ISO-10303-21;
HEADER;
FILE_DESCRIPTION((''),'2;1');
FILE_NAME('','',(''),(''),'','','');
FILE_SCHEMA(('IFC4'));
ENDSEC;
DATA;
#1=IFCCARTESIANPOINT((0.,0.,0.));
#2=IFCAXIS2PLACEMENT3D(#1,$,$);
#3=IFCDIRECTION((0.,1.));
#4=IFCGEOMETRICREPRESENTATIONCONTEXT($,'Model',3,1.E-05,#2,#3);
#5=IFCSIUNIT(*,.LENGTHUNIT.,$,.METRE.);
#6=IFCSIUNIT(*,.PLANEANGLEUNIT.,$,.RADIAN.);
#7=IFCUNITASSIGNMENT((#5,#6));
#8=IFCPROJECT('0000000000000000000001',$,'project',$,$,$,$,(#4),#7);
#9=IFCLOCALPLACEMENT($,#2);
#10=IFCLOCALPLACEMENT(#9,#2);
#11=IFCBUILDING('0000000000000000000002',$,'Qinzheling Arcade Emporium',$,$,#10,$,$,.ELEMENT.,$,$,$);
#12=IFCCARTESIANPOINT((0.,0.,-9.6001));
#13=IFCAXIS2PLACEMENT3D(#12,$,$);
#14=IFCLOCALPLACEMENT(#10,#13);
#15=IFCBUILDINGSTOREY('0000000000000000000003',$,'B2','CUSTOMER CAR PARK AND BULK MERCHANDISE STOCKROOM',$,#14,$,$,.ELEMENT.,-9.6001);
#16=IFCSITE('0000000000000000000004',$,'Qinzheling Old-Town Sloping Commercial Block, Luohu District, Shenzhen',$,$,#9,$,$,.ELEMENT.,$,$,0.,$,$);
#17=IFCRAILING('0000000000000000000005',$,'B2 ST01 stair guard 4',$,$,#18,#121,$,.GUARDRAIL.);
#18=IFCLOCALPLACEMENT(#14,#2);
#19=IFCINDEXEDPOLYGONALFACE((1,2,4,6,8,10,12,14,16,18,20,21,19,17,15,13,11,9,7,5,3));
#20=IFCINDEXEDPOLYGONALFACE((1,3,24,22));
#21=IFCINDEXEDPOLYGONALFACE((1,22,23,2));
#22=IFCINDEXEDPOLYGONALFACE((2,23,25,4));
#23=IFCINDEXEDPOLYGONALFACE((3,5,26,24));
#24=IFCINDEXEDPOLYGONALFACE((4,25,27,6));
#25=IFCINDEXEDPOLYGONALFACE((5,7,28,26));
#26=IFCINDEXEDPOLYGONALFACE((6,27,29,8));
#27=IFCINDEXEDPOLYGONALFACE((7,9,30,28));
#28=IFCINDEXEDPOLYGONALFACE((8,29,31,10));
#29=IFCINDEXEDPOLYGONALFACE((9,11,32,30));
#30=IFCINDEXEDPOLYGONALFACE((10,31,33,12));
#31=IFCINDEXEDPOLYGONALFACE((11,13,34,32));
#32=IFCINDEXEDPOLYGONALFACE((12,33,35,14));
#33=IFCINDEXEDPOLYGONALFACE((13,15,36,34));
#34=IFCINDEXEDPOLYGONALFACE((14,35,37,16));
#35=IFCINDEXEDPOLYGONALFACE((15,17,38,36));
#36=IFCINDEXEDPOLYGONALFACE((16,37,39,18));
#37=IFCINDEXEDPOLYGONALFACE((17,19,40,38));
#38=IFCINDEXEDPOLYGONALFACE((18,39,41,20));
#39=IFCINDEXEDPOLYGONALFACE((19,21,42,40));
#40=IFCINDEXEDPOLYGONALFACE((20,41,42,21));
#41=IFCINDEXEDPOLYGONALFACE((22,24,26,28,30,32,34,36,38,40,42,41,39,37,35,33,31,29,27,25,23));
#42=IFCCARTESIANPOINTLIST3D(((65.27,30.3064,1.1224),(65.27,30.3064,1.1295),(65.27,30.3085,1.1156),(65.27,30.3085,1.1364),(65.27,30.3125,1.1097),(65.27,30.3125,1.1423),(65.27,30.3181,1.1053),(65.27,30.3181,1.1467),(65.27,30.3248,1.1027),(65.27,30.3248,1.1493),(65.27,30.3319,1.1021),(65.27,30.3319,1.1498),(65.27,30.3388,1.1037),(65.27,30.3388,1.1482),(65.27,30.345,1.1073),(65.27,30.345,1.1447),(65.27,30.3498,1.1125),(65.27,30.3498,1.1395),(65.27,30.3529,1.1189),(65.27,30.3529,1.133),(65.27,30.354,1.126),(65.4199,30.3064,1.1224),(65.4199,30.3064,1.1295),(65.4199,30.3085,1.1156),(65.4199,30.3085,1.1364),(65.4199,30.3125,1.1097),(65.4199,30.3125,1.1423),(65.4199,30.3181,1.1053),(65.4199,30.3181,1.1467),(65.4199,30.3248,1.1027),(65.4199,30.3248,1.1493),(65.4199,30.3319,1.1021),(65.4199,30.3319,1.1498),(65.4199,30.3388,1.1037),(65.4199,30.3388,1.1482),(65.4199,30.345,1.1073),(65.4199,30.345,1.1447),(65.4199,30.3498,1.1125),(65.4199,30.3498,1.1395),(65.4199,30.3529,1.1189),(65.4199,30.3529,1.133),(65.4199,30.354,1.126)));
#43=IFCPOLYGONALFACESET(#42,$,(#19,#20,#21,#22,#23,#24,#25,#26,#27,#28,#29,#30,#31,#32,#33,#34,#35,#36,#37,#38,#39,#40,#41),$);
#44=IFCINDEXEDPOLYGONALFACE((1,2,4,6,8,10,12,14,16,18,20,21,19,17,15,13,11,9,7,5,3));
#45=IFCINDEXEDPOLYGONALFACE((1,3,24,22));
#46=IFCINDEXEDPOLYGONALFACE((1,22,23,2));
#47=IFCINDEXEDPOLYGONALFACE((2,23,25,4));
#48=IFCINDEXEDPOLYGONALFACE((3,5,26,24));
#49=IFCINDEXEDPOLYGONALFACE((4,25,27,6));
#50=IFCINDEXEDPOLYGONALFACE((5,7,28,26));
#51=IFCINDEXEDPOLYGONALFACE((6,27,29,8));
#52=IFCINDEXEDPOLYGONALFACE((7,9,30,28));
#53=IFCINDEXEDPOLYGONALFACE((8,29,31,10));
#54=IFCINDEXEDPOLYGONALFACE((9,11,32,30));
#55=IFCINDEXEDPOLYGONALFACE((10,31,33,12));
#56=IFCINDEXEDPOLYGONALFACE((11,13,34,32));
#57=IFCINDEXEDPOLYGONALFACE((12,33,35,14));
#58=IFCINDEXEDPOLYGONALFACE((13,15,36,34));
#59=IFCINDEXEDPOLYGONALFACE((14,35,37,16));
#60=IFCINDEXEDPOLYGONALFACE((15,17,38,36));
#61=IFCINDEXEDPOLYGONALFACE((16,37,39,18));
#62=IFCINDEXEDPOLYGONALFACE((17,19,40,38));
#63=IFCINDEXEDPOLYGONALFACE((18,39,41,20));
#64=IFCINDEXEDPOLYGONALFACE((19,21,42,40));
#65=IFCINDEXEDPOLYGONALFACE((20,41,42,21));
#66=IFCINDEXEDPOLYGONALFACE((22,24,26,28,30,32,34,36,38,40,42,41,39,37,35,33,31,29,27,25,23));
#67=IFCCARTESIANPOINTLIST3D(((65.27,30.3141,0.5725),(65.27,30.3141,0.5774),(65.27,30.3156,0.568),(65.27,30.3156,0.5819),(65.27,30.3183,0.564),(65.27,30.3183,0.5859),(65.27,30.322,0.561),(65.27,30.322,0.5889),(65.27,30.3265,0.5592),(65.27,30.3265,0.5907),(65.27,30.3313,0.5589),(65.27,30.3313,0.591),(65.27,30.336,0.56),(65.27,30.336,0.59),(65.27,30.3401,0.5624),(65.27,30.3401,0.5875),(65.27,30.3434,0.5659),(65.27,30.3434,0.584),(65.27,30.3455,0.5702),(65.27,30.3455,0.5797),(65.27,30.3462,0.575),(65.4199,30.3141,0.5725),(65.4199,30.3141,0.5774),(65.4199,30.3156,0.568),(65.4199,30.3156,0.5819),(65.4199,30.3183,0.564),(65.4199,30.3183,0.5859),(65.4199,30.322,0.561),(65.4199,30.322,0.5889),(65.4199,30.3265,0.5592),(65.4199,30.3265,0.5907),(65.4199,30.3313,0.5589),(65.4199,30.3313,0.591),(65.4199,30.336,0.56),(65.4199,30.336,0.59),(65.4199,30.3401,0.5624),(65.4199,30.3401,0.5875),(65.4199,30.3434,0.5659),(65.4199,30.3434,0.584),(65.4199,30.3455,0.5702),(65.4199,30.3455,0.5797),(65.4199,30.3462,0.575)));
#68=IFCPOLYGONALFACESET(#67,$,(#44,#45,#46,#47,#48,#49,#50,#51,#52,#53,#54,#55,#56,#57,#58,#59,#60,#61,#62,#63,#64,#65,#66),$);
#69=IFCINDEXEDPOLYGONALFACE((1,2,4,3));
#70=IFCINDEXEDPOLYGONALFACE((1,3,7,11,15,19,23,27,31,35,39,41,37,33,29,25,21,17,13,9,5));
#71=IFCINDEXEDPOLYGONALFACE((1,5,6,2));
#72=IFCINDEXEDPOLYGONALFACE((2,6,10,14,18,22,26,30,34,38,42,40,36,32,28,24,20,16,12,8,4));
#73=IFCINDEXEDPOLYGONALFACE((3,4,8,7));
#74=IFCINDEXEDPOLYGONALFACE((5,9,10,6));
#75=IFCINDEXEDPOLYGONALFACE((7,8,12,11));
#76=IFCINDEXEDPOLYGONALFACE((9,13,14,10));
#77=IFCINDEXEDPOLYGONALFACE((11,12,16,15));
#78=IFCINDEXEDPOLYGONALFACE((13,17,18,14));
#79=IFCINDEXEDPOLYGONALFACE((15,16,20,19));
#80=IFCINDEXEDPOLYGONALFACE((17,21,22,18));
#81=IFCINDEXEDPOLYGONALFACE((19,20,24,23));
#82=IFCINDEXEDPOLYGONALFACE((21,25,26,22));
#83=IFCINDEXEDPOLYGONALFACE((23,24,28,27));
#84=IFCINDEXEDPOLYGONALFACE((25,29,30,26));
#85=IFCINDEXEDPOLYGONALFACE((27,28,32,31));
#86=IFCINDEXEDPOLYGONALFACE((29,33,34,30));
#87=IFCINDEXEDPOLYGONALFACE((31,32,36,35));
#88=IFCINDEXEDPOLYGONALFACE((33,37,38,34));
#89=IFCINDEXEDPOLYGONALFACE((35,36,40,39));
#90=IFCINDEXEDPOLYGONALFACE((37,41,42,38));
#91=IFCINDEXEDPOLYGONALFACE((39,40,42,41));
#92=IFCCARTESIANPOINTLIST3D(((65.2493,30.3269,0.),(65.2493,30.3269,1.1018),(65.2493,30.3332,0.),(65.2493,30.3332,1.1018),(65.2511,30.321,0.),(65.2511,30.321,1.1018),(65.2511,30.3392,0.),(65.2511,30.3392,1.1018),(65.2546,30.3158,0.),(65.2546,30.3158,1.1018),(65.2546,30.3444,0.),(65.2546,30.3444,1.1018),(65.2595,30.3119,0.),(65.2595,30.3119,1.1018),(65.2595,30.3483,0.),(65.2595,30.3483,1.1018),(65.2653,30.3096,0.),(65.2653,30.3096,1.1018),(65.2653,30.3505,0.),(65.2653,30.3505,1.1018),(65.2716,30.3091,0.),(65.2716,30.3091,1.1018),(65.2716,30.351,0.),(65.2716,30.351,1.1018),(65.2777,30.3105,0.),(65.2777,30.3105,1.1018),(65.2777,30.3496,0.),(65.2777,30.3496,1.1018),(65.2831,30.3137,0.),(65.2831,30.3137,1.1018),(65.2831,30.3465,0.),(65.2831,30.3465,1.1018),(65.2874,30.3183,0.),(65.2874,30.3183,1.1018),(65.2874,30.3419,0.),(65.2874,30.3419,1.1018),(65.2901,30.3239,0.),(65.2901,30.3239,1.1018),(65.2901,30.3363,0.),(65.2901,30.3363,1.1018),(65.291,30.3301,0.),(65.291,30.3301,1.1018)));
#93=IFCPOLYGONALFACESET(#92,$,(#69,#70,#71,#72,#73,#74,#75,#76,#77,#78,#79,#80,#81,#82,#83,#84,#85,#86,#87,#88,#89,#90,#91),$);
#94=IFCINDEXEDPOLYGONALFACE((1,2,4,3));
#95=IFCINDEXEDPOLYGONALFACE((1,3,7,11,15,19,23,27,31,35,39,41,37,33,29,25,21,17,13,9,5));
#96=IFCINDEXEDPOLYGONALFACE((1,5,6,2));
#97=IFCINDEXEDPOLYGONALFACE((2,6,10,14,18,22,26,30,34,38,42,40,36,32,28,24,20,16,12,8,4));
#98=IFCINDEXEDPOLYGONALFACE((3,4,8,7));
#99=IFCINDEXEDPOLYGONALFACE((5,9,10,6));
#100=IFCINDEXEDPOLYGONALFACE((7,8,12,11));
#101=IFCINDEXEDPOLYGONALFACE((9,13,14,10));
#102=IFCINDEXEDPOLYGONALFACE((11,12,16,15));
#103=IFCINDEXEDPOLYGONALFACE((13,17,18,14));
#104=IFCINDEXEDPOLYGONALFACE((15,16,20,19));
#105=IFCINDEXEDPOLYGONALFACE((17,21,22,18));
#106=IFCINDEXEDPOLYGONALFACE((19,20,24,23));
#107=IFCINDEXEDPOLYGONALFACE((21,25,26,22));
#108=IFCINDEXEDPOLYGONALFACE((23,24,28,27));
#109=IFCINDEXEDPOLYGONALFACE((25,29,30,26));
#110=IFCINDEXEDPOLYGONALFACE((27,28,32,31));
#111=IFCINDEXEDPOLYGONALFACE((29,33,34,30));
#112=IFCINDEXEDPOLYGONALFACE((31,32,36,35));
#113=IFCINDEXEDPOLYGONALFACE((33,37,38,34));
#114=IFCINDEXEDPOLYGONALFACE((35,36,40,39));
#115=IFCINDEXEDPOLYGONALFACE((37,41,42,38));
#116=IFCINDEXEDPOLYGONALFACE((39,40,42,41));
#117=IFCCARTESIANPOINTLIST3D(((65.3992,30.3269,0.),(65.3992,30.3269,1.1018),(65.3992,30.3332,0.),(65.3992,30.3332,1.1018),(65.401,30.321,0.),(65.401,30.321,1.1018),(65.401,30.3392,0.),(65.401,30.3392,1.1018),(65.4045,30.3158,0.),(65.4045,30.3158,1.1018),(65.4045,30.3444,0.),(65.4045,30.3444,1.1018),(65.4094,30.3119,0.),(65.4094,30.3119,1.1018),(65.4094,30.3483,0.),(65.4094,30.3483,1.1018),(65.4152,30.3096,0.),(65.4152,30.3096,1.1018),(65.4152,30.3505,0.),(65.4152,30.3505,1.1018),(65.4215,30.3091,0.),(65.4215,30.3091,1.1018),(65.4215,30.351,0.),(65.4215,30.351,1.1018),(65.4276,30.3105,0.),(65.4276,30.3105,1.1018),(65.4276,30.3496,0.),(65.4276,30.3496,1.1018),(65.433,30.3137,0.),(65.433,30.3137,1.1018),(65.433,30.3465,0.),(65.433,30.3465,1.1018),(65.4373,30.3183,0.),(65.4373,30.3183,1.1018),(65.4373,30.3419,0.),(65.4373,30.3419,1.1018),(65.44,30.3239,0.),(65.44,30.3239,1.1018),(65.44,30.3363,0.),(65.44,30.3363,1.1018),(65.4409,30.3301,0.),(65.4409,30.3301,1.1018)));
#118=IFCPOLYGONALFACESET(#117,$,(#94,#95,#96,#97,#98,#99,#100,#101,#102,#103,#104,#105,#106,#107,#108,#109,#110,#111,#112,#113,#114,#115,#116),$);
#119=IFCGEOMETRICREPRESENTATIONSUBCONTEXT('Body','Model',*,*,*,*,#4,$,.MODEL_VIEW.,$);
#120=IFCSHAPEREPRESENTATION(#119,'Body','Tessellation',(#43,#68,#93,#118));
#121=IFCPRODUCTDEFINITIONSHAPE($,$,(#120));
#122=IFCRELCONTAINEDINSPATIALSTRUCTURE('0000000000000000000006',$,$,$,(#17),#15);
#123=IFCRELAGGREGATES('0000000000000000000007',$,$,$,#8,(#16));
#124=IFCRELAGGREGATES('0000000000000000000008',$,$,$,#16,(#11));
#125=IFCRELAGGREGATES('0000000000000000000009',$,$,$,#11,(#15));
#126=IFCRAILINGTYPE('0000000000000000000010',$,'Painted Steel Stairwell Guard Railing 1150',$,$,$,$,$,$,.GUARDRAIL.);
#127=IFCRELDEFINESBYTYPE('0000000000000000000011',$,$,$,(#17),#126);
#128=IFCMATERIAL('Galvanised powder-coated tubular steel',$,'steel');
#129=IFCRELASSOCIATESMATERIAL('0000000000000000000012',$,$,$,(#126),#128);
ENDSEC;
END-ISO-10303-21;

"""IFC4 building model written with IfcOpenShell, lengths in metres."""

from ifc_helpers import new_model, si_unit, direction, frame, origin, origin_2d, place, context, subcontext, project, spatial, circle, extrude, material, type_object, element, save


model = new_model("IFC4")

# Units and contexts
model_context = context("Model", 3, precision=1e-05, world=origin(), true_north=direction((0.0, 1.0)))
body_context = subcontext(model_context, "Body", "Model", "MODEL_VIEW")
ifc_project = project(units=[si_unit("LENGTHUNIT", "METRE"), si_unit("PLANEANGLEUNIT", "RADIAN")], contexts=[model_context])

# Site, building, storey
site_placement = place(None, origin())
site = spatial("IfcSite", under=ifc_project, at=site_placement, Name="Qinzheling Old-Town Sloping Commercial Block, Luohu District, Shenzhen", CompositionType="ELEMENT", RefElevation=0.0)
building_placement = place(site_placement, origin())
building = spatial("IfcBuilding", under=site, at=building_placement, Name="Qinzheling Arcade Emporium", CompositionType="ELEMENT")
storey_placement = place(building_placement, frame((0.0, 0.0, -9.6001)))
storey = spatial("IfcBuildingStorey", under=building, at=storey_placement, Name="B2", Description="CUSTOMER CAR PARK AND BULK MERCHANDISE STOCKROOM", CompositionType="ELEMENT", Elevation=-9.6001)

# Railing
ifc_material_1 = material(Name="Galvanised powder-coated tubular steel", Category="steel")
railing_type_1 = type_object("IfcRailingType", Name="Painted Steel Stairwell Guard Railing 1150", PredefinedType="GUARDRAIL", material=ifc_material_1)
railing_1_placement = place(storey_placement, frame((65.27, 30.3301, 0.0)))
element("IfcRailing", 1, at=railing_1_placement, inside=storey, type_object=railing_type_1, Name="B2 ST01 stair guard 4", PredefinedType="GUARDRAIL", context=body_context, shape_type="SweptSolid", body=[
    extrude(circle(Radius=0.0239, at=origin_2d()), frame((0.0, 0.0, 1.126), z_axis=(1.0, 0.0, 0.0), x_axis=(0.0, 1.0, 0.0)), (0.0, 0.0, 1.0), 0.1499),
    extrude(circle(Radius=0.0161, at=origin_2d()), frame((0.0, 0.0, 0.575), z_axis=(1.0, 0.0, 0.0), x_axis=(0.0, 1.0, 0.0)), (0.0, 0.0, 1.0), 0.1499),
    extrude(circle(Radius=0.021, at=origin_2d()), origin(), (0.0, 0.0, 1.0), 1.1018),
    extrude(circle(Radius=0.021, at=origin_2d()), frame((0.1499, 0.0, 0.0)), (0.0, 0.0, 1.0), 1.1018),
])

save(model, "model.ifc")
